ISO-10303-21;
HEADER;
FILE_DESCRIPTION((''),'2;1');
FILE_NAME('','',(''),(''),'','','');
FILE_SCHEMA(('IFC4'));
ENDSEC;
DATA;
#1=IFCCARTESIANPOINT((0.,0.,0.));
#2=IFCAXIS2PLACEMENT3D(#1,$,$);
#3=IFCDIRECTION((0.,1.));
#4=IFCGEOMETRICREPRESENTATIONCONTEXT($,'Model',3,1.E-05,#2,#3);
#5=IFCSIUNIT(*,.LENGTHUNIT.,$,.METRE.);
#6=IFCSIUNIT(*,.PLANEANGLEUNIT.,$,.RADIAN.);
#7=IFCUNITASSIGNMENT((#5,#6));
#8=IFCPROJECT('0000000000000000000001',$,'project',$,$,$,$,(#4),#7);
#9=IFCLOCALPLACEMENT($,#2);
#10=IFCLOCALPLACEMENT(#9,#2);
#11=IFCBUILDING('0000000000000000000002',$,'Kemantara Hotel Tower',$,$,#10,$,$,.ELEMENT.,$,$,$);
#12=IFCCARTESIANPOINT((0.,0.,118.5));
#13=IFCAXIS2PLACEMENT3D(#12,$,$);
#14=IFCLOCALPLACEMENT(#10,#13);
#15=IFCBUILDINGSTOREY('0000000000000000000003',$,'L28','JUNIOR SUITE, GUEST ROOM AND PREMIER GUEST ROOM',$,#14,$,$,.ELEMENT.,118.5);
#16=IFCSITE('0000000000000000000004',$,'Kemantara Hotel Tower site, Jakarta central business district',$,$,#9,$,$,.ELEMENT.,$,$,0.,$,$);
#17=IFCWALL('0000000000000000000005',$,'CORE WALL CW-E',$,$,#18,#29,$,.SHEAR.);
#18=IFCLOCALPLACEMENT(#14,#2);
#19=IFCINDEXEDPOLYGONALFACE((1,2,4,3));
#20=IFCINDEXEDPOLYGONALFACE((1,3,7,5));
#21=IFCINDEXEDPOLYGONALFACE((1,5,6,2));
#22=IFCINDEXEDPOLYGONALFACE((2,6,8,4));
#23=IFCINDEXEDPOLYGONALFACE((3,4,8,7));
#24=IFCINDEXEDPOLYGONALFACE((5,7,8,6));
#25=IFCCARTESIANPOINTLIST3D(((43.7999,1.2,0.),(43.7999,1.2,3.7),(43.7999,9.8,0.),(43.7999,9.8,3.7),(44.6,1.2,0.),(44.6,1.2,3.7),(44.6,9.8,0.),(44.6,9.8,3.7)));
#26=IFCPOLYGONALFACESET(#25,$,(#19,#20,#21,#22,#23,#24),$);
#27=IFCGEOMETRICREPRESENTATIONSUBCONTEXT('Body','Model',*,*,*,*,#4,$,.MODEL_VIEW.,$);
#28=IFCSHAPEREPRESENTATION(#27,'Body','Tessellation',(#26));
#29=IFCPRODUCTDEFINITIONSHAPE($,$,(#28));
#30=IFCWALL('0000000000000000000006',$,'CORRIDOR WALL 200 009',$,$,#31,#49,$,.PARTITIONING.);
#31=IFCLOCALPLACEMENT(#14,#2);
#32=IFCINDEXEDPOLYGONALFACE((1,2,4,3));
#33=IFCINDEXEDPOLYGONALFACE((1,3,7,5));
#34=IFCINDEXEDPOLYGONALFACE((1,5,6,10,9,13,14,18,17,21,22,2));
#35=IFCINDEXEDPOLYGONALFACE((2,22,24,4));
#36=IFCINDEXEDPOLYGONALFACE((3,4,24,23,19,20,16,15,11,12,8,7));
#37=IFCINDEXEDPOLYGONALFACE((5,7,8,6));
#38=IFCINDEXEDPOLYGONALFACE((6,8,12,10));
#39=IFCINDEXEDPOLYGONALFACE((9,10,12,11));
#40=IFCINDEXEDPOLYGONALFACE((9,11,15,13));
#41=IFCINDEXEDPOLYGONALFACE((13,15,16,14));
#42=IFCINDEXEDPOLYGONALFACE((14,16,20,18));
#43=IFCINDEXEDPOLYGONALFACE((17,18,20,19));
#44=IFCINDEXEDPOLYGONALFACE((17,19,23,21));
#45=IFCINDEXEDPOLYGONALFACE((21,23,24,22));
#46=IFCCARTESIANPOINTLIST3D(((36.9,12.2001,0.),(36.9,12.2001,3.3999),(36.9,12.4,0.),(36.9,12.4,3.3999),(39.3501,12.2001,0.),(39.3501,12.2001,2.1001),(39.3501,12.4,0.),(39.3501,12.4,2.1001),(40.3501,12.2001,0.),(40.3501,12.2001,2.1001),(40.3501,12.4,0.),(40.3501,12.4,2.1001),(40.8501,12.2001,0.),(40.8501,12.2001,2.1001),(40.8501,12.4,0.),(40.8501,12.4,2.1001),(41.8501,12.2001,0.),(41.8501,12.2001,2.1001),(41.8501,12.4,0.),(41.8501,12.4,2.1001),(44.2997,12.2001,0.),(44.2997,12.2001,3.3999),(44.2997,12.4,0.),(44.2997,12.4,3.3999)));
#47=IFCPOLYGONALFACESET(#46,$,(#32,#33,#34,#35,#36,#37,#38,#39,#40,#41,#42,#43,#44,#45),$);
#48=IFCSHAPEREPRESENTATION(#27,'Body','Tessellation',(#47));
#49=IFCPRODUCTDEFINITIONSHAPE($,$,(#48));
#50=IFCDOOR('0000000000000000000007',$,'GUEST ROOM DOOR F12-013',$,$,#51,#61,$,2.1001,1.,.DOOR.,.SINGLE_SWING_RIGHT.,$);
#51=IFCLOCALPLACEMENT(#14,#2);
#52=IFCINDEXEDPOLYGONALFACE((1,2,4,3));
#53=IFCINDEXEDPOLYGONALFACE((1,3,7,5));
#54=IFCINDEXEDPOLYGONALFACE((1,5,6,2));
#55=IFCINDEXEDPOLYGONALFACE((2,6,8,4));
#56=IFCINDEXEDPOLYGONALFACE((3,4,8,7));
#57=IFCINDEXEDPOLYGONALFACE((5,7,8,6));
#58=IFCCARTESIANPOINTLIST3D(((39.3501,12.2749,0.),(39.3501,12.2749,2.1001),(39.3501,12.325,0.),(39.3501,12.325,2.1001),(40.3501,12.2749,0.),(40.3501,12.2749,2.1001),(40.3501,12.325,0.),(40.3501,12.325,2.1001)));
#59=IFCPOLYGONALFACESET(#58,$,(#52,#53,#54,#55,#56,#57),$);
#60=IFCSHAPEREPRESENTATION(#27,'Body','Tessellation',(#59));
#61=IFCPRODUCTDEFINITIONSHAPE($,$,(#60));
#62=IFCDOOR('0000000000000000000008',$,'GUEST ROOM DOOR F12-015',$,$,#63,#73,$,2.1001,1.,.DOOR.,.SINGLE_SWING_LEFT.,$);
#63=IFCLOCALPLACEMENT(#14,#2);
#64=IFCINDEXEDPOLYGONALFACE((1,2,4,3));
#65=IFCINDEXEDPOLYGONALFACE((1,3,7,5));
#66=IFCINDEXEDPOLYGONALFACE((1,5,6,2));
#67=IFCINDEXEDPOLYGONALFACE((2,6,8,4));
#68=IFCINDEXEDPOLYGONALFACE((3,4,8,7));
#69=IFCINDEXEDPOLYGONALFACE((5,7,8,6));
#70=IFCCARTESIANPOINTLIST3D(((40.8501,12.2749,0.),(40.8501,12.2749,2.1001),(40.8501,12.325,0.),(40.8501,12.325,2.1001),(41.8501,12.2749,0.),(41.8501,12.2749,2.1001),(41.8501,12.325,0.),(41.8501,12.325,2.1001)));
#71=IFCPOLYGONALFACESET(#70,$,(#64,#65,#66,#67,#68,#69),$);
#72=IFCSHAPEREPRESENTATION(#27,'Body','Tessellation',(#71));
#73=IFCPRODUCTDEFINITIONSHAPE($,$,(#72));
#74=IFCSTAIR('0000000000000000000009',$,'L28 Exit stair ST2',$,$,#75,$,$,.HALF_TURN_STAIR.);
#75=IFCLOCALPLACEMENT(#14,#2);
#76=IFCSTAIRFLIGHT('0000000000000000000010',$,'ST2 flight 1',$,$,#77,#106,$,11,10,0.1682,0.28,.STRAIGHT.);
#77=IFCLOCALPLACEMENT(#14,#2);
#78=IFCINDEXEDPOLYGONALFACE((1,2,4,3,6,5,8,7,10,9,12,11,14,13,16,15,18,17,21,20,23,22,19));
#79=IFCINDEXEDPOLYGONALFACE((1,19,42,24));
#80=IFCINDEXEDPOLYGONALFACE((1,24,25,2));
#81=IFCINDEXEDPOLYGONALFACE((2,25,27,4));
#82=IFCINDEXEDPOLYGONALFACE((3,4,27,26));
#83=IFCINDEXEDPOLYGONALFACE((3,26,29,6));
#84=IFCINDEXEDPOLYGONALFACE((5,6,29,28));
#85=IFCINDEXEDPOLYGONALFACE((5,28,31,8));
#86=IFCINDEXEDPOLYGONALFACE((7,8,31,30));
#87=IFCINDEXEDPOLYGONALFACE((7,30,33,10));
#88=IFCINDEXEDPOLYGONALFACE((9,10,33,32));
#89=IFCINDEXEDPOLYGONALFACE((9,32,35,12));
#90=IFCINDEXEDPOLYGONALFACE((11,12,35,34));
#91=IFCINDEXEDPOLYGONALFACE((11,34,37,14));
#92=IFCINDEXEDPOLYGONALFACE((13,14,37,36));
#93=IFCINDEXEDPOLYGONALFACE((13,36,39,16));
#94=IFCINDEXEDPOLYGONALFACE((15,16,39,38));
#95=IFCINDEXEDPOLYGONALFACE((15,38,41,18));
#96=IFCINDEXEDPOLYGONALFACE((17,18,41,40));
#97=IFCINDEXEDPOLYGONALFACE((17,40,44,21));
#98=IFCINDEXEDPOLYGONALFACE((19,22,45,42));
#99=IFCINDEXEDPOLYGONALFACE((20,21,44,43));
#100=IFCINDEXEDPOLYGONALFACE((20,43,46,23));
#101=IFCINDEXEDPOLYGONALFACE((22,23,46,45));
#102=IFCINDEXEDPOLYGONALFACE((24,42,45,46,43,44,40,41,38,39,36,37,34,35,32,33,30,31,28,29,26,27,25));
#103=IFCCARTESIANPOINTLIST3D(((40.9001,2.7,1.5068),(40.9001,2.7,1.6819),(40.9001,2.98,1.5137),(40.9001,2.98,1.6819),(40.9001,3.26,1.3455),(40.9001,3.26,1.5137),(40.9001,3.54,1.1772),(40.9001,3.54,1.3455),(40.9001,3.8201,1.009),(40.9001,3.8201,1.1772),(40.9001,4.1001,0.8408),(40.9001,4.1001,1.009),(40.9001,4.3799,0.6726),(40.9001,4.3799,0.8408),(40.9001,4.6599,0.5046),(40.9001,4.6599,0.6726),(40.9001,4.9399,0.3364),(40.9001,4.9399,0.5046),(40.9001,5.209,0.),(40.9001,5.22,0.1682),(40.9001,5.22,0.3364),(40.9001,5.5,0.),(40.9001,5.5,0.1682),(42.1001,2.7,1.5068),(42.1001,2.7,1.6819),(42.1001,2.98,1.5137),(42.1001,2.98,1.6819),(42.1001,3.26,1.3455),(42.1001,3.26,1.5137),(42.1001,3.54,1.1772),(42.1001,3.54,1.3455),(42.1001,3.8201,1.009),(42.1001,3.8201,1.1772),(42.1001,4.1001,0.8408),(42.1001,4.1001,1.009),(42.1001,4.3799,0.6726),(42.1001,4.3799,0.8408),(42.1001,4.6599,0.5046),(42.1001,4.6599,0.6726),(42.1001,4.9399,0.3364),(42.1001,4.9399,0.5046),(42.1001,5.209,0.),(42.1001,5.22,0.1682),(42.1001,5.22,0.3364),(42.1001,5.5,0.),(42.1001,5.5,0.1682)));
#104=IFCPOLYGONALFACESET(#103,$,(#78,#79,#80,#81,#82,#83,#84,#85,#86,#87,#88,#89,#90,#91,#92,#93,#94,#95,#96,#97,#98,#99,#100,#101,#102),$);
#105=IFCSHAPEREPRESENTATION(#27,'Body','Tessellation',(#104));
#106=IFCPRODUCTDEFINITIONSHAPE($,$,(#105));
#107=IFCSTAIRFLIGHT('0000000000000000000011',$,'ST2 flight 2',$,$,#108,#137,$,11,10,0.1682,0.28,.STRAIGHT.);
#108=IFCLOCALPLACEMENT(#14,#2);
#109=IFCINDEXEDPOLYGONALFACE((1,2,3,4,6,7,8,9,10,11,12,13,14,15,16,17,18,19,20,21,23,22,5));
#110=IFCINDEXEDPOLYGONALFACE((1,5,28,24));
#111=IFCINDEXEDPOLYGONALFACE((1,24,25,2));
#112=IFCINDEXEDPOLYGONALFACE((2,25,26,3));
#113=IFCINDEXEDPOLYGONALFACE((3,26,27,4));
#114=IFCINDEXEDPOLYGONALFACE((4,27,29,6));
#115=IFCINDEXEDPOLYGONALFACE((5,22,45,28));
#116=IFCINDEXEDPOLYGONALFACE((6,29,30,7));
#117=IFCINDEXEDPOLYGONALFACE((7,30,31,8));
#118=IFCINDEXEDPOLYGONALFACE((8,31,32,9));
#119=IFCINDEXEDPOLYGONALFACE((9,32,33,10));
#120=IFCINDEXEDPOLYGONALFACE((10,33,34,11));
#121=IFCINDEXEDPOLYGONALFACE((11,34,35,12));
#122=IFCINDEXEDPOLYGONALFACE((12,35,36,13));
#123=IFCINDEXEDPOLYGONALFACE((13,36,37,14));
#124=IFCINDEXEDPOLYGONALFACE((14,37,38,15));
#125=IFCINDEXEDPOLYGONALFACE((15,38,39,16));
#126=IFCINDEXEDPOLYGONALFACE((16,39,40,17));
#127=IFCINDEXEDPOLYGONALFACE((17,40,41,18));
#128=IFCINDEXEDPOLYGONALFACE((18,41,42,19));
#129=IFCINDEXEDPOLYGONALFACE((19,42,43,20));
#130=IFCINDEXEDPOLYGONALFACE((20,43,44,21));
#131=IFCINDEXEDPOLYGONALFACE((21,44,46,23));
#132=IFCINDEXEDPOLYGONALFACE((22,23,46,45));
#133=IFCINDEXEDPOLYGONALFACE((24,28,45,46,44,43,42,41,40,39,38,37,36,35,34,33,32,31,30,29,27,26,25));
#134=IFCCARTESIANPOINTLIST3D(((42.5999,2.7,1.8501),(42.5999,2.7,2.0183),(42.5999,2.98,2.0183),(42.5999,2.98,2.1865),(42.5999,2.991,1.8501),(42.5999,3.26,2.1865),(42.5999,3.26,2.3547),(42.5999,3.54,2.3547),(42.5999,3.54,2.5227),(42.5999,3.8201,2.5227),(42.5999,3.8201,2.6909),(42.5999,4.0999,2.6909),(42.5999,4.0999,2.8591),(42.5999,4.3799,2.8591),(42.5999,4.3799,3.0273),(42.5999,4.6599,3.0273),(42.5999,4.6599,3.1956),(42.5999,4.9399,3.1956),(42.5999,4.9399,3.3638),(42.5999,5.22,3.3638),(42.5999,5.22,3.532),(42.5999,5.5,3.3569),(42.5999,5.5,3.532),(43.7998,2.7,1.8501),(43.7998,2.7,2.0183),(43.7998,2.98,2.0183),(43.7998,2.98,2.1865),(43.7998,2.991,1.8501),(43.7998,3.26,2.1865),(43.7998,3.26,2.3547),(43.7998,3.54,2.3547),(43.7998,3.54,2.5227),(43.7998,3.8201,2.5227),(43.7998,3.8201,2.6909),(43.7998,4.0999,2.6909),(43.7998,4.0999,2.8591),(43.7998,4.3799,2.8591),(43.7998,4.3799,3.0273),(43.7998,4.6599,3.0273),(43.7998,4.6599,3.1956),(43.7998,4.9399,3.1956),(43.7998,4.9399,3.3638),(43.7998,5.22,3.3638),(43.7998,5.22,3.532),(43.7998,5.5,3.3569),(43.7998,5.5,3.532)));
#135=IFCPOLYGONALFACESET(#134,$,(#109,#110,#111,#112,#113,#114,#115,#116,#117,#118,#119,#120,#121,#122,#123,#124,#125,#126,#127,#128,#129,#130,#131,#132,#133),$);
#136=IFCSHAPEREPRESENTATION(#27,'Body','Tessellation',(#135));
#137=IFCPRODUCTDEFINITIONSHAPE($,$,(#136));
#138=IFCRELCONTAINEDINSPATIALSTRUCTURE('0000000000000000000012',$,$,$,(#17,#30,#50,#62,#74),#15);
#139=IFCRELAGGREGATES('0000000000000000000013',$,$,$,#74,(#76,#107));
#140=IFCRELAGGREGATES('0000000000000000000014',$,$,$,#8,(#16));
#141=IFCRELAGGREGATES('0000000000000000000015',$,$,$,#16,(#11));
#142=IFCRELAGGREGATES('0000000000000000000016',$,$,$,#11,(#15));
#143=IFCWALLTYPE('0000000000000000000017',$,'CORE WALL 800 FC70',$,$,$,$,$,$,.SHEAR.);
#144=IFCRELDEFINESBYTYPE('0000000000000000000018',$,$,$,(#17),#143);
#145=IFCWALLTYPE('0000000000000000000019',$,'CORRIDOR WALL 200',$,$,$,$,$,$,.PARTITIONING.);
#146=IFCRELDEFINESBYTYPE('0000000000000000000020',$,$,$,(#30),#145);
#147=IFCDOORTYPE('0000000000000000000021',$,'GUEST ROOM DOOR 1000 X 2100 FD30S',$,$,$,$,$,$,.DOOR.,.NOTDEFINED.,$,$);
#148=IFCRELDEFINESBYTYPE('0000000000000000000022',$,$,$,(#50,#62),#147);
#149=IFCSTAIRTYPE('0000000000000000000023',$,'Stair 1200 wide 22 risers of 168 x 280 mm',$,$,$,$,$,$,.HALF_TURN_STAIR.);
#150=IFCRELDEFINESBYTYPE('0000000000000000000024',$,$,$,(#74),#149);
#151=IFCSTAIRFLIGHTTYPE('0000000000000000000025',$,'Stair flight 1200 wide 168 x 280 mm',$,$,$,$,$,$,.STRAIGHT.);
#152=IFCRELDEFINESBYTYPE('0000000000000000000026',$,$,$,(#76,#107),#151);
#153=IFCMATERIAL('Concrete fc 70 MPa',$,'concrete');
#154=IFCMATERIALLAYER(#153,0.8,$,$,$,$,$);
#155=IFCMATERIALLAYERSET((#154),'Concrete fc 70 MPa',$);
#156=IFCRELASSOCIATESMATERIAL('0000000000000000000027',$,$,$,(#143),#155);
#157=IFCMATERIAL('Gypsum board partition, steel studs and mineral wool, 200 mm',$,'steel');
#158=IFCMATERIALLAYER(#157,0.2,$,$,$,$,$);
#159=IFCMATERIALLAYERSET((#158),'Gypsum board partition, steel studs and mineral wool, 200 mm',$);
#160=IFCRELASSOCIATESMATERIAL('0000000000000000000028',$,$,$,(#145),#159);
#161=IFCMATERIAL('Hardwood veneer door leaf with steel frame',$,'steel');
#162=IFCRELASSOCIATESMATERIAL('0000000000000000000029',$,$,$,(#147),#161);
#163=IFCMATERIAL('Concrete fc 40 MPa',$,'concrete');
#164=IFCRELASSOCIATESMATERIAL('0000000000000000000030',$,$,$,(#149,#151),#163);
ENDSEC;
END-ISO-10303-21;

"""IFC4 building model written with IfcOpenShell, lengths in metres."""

from ifc_helpers import new_model, si_unit, direction, frame, frame_2d, origin, place, context, subcontext, project, spatial, polyline, rectangle, outline, extrude, material, layer, layer_set, type_object, element, fill, aggregate, save


model = new_model("IFC4")

# Units and contexts
model_context = context("Model", 3, precision=1e-05, world=origin(), true_north=direction((0.0, 1.0)))
body_context = subcontext(model_context, "Body", "Model", "MODEL_VIEW")
ifc_project = project(units=[si_unit("LENGTHUNIT", "METRE"), si_unit("PLANEANGLEUNIT", "RADIAN")], contexts=[model_context])

# Site, building, storey
site_placement = place(None, origin())
site = spatial("IfcSite", under=ifc_project, at=site_placement, Name="Kemantara Hotel Tower site, Jakarta central business district", CompositionType="ELEMENT", RefElevation=0.0)
building_placement = place(site_placement, origin())
building = spatial("IfcBuilding", under=site, at=building_placement, Name="Kemantara Hotel Tower", CompositionType="ELEMENT")
storey_placement = place(building_placement, frame((0.0, 0.0, 118.5)))
storey = spatial("IfcBuildingStorey", under=building, at=storey_placement, Name="L28", Description="JUNIOR SUITE, GUEST ROOM AND PREMIER GUEST ROOM", CompositionType="ELEMENT", Elevation=118.5)

# Shared definitions
ifc_material_1 = material(Name="Concrete fc 70 MPa", Category="concrete")

# Wall
ifc_layer_1 = layer(ifc_material_1, 0.8)
ifc_layer_set_1 = layer_set([ifc_layer_1], Name="Concrete fc 70 MPa")
wall_type_1 = type_object("IfcWallType", Name="CORE WALL 800 FC70", PredefinedType="SHEAR", material=ifc_layer_set_1)
wall_1_placement = place(storey_placement, frame((44.2, 1.2, 0.0), z_axis=(0.0, 0.0, 1.0), x_axis=(0.0, 1.0, 0.0)))
element("IfcWall", 1, at=wall_1_placement, inside=storey, type_object=wall_type_1, Name="CORE WALL CW-E", PredefinedType="SHEAR", context=body_context, shape_type="SweptSolid", body=[
    extrude(rectangle(XDim=8.6001, YDim=0.8, at=frame_2d((4.3, 0.0))), origin(), (0.0, 0.0, 1.0), 3.7),
])

# Wall, openings, doors
ifc_material_2 = material(Name="Gypsum board partition, steel studs and mineral wool, 200 mm", Category="steel")
ifc_layer_2 = layer(ifc_material_2, 0.2)
ifc_layer_set_2 = layer_set([ifc_layer_2], Name="Gypsum board partition, steel studs and mineral wool, 200 mm")
wall_type_2 = type_object("IfcWallType", Name="CORRIDOR WALL 200", PredefinedType="PARTITIONING", material=ifc_layer_set_2)
wall_2_placement = place(storey_placement, frame((36.9001, 12.3, 0.0), z_axis=(0.0, 0.0, 1.0), x_axis=(1.0, 0.0, 0.0)))
wall_2 = element("IfcWall", 2, at=wall_2_placement, inside=storey, type_object=wall_type_2, Name="CORRIDOR WALL 200 009", PredefinedType="PARTITIONING", context=body_context, shape_type="SweptSolid", body=[
    extrude(rectangle(XDim=7.3997, YDim=0.2, at=frame_2d((3.6997, 0.0))), origin(), (0.0, 0.0, 1.0), 3.3999),
])
opening_1_placement = place(wall_2_placement, frame((2.45, 0.0, 0.0)))
opening_1 = element("IfcOpeningElement", 3, at=opening_1_placement, cuts=wall_2, PredefinedType="OPENING", context=body_context, shape_type="SweptSolid", body=[
    extrude(rectangle(XDim=1.0, YDim=2.1001, at=frame_2d((0.5, 1.05))), frame((0.0, 0.1099, 0.0), z_axis=(0.0, -1.0, 0.0), x_axis=(1.0, 0.0, 0.0)), (0.0, 0.0, 1.0), 0.22),
])
opening_2_placement = place(wall_2_placement, frame((3.95, 0.0, 0.0)))
opening_2 = element("IfcOpeningElement", 4, at=opening_2_placement, cuts=wall_2, PredefinedType="OPENING", context=body_context, shape_type="SweptSolid", body=[
    extrude(rectangle(XDim=1.0, YDim=2.1001, at=frame_2d((0.5, 1.05))), frame((0.0, 0.1099, 0.0), z_axis=(0.0, -1.0, 0.0), x_axis=(1.0, 0.0, 0.0)), (0.0, 0.0, 1.0), 0.22),
])
ifc_material_3 = material(Name="Hardwood veneer door leaf with steel frame", Category="steel")
door_type_1 = type_object("IfcDoorType", Name="GUEST ROOM DOOR 1000 X 2100 FD30S", OperationType="NOTDEFINED", PredefinedType="DOOR", material=ifc_material_3)
door_1_placement = place(opening_1_placement, origin())
door_1 = element("IfcDoor", 5, at=door_1_placement, inside=storey, type_object=door_type_1, Name="GUEST ROOM DOOR F12-013", OperationType="SINGLE_SWING_RIGHT", OverallHeight=2.1001, OverallWidth=1.0, PredefinedType="DOOR", context=body_context, shape_type="SweptSolid", body=[
    extrude(rectangle(XDim=1.0, YDim=2.1001, at=frame_2d((0.5, 1.05))), frame((0.0, 0.0249, 0.0), z_axis=(0.0, -1.0, 0.0), x_axis=(1.0, 0.0, 0.0)), (0.0, 0.0, 1.0), 0.05),
])
fill(opening_1, door_1)
door_2_placement = place(opening_2_placement, origin())
door_2 = element("IfcDoor", 6, at=door_2_placement, inside=storey, type_object=door_type_1, Name="GUEST ROOM DOOR F12-015", OperationType="SINGLE_SWING_LEFT", OverallHeight=2.1001, OverallWidth=1.0, PredefinedType="DOOR", context=body_context, shape_type="SweptSolid", body=[
    extrude(rectangle(XDim=1.0, YDim=2.1001, at=frame_2d((0.5, 1.05))), frame((0.0, 0.0249, 0.0), z_axis=(0.0, -1.0, 0.0), x_axis=(1.0, 0.0, 0.0)), (0.0, 0.0, 1.0), 0.05),
])
fill(opening_2, door_2)

# Stair, stair flights
ifc_material_4 = material(Name="Concrete fc 40 MPa", Category="concrete")
stair_type = type_object("IfcStairType", Name="Stair 1200 wide 22 risers of 168 x 280 mm", PredefinedType="HALF_TURN_STAIR", material=ifc_material_4)
stair_placement = place(storey_placement, origin())
stair = element("IfcStair", 7, at=stair_placement, inside=storey, type_object=stair_type, Name="L28 Exit stair ST2", PredefinedType="HALF_TURN_STAIR")
stair_flight_type = type_object("IfcStairFlightType", Name="Stair flight 1200 wide 168 x 280 mm", PredefinedType="STRAIGHT", material=ifc_material_4)
stair_flight_1_placement = place(storey_placement, frame((41.5, 5.5, 0.0), z_axis=(0.0, 0.0, 1.0), x_axis=(0.0, -1.0, 0.0)))
stair_flight_1 = element("IfcStairFlight", 8, at=stair_flight_1_placement, type_object=stair_flight_type, Name="ST2 flight 1", NumberOfRisers=11, NumberOfTreads=10, PredefinedType="STRAIGHT", RiserHeight=0.1682, TreadLength=0.28, context=body_context, shape_type="SweptSolid", body=[
    extrude(outline(polyline([(0.0, 0.0), (0.0, 0.1682), (0.28, 0.1682), (0.28, 0.3364), (0.5601, 0.3364), (0.5601, 0.5046), (0.8401, 0.5046), (0.8401, 0.6726), (1.1201, 0.6726), (1.1201, 0.8408), (1.3999, 0.8408), (1.3999, 1.009), (1.6799, 1.009), (1.6799, 1.1772), (1.96, 1.1772), (1.96, 1.3455), (2.24, 1.3455), (2.24, 1.5137), (2.52, 1.5137), (2.52, 1.6819), (2.8, 1.6819), (2.8, 1.8501), (2.8, 1.5068), (0.291, 0.0), (0.0, 0.0)])), frame((0.0, 0.6001, 0.0), z_axis=(0.0, -1.0, 0.0), x_axis=(1.0, 0.0, 0.0)), (0.0, 0.0, 1.0), 1.2),
])
stair_flight_2_placement = place(storey_placement, frame((43.2, 2.7, 1.8501), z_axis=(0.0, 0.0, 1.0), x_axis=(0.0, 1.0, 0.0)))
stair_flight_2 = element("IfcStairFlight", 9, at=stair_flight_2_placement, type_object=stair_flight_type, Name="ST2 flight 2", NumberOfRisers=11, NumberOfTreads=10, PredefinedType="STRAIGHT", RiserHeight=0.1682, TreadLength=0.28, context=body_context, shape_type="SweptSolid", body=[
    extrude(outline(polyline([(0.0, 0.0), (0.0, 0.1682), (0.28, 0.1682), (0.28, 0.3364), (0.5601, 0.3364), (0.5601, 0.5046), (0.8401, 0.5046), (0.8401, 0.6726), (1.1201, 0.6726), (1.1201, 0.8408), (1.3999, 0.8408), (1.3999, 1.009), (1.6799, 1.009), (1.6799, 1.1772), (1.96, 1.1772), (1.96, 1.3455), (2.24, 1.3455), (2.24, 1.5137), (2.52, 1.5137), (2.52, 1.6819), (2.8, 1.6819), (2.8, 1.8501), (2.8, 1.5068), (0.291, 0.0), (0.0, 0.0)])), frame((0.0, 0.6001, 0.0), z_axis=(0.0, -1.0, 0.0), x_axis=(1.0, 0.0, 0.0)), (0.0, 0.0, 1.0), 1.2),
])
aggregate(stair, [stair_flight_1, stair_flight_2])

save(model, "model.ifc")
